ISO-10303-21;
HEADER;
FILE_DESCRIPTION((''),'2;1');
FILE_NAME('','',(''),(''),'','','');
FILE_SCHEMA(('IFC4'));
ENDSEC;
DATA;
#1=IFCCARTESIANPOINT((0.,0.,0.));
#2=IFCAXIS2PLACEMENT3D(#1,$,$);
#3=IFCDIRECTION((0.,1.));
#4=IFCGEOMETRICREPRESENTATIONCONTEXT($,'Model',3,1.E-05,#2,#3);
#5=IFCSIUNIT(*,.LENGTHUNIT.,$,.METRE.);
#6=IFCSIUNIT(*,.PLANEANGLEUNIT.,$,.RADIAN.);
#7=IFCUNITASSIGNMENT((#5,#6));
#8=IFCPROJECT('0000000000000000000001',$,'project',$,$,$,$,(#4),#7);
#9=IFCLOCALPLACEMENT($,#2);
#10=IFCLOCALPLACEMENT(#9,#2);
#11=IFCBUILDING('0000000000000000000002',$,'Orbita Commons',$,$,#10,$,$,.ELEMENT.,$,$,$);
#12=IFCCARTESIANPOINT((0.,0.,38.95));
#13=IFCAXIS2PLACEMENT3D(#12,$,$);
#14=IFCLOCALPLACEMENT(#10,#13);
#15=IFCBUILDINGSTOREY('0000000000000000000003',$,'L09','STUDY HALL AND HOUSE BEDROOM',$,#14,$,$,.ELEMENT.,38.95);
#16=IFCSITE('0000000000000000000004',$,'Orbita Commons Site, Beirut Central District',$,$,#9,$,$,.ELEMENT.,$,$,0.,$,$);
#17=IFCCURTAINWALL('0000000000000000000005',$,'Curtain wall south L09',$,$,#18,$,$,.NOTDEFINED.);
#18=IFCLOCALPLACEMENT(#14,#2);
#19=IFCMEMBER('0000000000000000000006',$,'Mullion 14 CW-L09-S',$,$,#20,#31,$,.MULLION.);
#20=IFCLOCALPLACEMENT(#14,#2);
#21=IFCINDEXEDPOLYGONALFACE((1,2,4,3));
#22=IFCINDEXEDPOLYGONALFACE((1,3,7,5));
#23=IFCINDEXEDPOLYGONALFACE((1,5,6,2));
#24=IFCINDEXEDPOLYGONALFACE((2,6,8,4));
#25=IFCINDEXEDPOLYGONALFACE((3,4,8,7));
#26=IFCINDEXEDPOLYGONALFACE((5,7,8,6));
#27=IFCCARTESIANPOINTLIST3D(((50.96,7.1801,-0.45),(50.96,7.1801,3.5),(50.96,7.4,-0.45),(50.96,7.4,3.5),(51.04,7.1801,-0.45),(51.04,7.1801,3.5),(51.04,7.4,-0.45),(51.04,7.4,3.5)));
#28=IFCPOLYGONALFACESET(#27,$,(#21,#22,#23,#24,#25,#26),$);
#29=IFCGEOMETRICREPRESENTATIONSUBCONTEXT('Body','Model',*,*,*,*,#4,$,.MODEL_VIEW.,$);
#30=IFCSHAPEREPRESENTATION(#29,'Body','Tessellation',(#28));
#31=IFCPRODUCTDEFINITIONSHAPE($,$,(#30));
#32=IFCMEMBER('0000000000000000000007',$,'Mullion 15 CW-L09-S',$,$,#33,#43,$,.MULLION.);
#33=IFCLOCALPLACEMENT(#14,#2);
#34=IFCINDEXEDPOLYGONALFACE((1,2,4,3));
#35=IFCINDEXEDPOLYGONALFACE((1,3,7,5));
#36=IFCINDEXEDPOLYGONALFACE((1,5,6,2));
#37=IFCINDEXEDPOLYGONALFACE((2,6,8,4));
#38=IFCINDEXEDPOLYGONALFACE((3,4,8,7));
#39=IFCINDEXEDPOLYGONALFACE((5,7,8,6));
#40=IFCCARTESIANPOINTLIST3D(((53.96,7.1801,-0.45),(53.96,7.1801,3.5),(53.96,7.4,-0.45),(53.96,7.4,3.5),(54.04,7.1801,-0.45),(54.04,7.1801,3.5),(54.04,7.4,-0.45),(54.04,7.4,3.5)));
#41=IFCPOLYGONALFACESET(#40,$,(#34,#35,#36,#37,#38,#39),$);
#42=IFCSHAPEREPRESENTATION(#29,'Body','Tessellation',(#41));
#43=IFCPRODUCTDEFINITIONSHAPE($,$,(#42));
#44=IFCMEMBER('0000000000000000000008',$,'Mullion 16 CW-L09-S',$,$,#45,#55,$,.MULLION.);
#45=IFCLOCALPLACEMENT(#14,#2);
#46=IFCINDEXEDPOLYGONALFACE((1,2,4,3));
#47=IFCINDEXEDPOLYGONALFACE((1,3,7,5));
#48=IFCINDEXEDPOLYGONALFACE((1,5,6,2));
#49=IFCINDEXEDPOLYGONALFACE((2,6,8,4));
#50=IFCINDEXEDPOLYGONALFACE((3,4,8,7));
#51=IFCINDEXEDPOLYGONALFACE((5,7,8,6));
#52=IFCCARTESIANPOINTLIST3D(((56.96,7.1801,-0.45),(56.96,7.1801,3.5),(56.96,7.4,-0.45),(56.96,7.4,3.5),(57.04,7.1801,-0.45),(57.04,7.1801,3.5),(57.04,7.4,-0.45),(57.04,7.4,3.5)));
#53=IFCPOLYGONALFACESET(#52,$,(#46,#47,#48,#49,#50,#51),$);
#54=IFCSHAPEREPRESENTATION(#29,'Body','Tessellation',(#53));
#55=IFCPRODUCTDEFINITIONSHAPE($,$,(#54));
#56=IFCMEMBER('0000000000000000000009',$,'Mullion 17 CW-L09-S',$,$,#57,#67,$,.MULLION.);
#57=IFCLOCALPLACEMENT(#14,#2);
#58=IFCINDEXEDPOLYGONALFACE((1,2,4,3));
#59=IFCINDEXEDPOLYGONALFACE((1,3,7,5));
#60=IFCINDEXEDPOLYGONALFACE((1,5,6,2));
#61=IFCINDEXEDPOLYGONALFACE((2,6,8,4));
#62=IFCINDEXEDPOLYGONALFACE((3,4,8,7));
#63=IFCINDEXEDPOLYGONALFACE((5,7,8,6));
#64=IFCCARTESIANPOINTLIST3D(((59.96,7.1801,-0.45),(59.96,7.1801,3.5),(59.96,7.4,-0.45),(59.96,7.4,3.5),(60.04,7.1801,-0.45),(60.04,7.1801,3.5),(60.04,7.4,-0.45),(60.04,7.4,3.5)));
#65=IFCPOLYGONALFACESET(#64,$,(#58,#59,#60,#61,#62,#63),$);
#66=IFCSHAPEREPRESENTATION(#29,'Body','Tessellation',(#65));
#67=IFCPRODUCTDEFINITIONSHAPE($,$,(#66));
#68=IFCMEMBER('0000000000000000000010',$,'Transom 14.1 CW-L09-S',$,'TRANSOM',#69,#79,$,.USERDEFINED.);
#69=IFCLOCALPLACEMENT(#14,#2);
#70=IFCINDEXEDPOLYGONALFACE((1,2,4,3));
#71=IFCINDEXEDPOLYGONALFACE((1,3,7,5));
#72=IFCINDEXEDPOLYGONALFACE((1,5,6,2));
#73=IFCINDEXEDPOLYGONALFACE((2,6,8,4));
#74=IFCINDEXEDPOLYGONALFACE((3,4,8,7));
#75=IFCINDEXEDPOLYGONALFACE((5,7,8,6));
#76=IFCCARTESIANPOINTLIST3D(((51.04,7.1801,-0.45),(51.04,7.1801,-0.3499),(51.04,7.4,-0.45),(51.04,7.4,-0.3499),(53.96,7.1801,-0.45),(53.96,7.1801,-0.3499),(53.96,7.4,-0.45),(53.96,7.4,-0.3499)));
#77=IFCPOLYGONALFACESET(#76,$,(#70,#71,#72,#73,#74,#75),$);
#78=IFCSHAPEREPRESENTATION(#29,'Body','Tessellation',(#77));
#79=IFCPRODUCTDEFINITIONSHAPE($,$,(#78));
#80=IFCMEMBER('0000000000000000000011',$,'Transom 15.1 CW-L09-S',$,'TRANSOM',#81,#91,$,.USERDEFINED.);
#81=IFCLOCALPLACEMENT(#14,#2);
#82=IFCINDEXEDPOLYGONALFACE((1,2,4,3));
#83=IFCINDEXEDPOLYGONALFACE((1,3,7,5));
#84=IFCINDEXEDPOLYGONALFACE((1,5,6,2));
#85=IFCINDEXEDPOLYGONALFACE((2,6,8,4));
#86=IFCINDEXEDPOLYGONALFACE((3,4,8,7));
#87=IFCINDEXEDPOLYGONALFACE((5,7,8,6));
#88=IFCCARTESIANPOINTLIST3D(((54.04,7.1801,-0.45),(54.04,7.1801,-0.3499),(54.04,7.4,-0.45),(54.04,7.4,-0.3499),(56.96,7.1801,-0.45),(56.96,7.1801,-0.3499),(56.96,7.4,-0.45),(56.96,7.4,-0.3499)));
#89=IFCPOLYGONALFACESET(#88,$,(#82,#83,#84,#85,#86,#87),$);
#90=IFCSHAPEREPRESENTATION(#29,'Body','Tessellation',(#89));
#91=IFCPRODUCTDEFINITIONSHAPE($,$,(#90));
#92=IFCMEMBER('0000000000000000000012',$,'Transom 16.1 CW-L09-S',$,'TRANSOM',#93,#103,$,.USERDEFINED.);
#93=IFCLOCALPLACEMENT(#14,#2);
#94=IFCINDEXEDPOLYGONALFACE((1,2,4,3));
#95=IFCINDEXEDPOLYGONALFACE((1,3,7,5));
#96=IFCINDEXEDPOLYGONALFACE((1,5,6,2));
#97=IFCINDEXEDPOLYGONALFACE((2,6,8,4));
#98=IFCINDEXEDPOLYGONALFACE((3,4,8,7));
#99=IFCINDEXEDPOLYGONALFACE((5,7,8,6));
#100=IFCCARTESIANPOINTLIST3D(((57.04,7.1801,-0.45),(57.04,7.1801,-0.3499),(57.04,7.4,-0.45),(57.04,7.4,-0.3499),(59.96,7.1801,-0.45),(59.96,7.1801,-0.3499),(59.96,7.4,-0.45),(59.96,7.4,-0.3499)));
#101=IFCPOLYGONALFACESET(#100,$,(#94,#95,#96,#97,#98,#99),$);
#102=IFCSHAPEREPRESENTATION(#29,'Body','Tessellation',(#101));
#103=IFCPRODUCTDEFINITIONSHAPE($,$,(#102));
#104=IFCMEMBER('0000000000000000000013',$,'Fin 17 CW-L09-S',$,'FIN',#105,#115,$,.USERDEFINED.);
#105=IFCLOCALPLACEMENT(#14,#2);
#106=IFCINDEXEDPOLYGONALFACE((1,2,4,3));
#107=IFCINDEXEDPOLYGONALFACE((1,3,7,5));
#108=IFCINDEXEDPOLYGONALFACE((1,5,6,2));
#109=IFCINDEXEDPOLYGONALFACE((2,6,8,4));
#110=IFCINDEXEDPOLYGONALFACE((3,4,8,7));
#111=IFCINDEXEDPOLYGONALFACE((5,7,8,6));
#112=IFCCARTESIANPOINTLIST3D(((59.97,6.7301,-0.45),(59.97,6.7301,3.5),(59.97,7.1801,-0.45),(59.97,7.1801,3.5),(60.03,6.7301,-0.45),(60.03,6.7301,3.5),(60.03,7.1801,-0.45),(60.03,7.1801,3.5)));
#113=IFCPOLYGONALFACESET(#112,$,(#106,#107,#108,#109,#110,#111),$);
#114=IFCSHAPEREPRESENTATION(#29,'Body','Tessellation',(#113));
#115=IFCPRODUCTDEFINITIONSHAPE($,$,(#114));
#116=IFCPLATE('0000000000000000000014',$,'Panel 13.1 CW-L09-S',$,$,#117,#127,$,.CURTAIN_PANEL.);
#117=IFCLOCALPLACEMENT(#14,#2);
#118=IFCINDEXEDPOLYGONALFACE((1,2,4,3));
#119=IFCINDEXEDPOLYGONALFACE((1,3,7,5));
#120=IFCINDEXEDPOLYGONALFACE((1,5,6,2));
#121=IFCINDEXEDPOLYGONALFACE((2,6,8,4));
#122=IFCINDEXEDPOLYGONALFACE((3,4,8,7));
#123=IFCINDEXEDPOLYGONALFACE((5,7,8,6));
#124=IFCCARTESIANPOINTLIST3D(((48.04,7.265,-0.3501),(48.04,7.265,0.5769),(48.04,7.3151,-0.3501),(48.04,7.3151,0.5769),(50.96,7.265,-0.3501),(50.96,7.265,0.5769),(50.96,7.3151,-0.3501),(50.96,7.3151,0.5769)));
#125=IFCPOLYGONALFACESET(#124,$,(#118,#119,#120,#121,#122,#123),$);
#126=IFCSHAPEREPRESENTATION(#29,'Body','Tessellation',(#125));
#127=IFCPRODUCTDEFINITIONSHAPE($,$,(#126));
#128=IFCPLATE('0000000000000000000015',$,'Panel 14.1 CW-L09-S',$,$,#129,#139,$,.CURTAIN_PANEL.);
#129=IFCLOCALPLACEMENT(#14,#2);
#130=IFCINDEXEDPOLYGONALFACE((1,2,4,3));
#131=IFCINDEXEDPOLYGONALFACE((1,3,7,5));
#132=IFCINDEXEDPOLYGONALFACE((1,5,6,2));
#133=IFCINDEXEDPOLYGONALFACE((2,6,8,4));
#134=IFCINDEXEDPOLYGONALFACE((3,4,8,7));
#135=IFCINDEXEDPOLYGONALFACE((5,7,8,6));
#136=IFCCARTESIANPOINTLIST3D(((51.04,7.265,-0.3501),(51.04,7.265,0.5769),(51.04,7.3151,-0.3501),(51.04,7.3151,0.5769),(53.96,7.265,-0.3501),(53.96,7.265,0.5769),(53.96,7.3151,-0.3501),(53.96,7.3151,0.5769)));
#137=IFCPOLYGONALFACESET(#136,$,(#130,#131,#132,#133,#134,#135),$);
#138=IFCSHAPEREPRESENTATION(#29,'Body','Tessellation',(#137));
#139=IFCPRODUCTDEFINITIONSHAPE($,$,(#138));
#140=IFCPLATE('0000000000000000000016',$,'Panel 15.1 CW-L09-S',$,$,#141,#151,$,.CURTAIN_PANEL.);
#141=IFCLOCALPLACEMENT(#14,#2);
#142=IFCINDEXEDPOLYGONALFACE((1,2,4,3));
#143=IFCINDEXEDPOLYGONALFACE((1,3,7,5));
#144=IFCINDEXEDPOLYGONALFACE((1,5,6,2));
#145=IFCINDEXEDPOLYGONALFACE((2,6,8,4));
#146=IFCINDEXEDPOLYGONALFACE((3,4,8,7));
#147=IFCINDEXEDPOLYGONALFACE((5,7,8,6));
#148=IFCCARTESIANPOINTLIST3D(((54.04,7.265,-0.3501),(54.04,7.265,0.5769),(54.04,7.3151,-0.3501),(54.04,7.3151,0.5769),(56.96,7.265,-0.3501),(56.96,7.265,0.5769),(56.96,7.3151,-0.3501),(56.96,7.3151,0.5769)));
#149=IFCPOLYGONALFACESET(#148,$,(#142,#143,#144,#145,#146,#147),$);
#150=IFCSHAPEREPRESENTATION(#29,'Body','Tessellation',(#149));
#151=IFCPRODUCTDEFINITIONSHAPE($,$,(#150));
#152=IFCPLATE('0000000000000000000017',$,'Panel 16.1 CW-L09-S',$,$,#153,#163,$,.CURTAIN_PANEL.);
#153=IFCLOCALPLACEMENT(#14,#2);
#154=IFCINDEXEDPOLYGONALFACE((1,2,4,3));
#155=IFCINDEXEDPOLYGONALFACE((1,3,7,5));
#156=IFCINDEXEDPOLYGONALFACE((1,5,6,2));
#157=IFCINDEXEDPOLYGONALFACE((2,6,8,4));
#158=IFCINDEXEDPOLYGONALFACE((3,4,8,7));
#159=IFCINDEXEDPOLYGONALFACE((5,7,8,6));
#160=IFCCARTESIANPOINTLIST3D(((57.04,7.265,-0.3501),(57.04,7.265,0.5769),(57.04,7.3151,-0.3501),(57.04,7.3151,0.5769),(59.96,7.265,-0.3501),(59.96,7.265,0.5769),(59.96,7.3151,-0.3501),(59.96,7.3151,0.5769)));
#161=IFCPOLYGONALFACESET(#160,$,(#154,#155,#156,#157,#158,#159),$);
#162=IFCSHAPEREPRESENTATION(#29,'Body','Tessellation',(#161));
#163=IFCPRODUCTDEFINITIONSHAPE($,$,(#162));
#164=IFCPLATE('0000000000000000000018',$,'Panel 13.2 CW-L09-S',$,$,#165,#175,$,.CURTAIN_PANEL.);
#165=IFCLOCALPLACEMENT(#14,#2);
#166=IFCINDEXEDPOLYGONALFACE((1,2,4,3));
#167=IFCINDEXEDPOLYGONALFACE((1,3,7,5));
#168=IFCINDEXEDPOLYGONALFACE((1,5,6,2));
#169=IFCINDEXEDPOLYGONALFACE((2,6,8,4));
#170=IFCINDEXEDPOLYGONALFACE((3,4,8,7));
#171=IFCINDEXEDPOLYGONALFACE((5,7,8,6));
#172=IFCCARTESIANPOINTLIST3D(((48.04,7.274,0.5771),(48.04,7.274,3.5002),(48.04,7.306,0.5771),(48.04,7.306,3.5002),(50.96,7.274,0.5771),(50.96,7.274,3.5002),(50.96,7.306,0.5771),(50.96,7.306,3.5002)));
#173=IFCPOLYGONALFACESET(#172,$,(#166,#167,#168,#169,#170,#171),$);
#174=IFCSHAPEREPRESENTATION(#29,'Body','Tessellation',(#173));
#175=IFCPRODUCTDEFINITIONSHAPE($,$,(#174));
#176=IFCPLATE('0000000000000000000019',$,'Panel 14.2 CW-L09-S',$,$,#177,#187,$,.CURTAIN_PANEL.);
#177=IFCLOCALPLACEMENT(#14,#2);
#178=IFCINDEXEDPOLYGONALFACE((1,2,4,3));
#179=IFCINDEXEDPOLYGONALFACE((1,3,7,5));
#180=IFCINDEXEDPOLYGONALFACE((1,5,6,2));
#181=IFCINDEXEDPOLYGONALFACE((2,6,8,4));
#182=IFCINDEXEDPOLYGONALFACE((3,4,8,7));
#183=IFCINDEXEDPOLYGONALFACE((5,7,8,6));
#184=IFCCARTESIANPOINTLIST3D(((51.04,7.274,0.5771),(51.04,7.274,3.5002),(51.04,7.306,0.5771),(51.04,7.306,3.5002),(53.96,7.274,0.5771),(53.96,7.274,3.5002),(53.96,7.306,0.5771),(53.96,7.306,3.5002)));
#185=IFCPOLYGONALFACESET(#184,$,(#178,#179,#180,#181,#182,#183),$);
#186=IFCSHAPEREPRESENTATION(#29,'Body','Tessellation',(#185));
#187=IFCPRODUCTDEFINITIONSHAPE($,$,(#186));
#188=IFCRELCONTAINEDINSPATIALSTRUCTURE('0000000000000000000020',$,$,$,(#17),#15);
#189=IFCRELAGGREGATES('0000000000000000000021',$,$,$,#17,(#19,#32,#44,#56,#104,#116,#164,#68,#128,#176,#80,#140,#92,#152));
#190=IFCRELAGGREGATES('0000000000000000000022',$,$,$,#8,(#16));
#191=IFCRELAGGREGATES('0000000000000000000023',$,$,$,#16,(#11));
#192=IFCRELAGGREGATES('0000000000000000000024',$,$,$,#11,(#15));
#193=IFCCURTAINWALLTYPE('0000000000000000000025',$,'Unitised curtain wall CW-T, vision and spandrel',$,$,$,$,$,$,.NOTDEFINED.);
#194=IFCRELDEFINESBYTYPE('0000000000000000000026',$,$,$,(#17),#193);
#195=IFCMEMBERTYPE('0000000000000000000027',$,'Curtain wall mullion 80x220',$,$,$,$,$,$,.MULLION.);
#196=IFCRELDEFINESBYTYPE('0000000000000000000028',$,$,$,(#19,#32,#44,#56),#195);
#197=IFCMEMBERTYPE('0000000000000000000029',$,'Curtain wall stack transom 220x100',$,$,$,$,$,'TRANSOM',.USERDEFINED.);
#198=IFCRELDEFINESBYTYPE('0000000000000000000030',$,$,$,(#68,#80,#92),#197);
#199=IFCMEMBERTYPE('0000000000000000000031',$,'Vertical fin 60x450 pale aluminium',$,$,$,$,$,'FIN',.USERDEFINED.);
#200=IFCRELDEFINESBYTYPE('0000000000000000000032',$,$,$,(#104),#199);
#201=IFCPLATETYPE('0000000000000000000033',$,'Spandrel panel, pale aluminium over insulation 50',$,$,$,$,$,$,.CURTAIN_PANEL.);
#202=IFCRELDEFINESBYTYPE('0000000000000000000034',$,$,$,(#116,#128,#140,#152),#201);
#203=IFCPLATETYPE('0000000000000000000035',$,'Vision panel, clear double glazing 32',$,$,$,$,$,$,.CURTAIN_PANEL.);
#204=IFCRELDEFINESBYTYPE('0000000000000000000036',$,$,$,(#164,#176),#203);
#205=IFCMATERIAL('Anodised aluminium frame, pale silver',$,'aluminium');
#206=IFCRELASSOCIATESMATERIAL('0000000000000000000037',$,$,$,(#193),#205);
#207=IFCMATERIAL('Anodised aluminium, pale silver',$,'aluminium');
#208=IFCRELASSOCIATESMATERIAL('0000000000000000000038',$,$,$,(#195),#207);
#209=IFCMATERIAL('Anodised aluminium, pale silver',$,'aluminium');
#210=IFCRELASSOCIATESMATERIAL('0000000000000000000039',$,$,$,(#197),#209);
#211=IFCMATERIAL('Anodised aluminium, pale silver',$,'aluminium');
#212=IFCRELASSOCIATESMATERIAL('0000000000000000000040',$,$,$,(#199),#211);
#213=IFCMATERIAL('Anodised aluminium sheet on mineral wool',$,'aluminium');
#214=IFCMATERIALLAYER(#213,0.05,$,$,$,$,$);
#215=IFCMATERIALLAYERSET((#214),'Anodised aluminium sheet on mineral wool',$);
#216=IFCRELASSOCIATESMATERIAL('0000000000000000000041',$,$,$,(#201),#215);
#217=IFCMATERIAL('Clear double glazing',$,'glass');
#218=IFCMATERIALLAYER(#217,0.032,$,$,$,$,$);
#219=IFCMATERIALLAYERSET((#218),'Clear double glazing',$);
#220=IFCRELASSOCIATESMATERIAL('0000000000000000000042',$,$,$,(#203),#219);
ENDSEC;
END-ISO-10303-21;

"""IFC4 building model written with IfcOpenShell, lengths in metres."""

from ifc_helpers import new_model, si_unit, direction, frame, origin, origin_2d, place, context, subcontext, project, spatial, rectangle, extrude, material, layer, layer_set, material_profile, profile_set, type_object, element, aggregate, save


model = new_model("IFC4")

# Units and contexts
model_context = context("Model", 3, precision=1e-05, world=origin(), true_north=direction((0.0, 1.0)))
body_context = subcontext(model_context, "Body", "Model", "MODEL_VIEW")
ifc_project = project(units=[si_unit("LENGTHUNIT", "METRE"), si_unit("PLANEANGLEUNIT", "RADIAN")], contexts=[model_context])

# Site, building, storey
site_placement = place(None, origin())
site = spatial("IfcSite", under=ifc_project, at=site_placement, Name="Orbita Commons Site, Beirut Central District", CompositionType="ELEMENT", RefElevation=0.0)
building_placement = place(site_placement, origin())
building = spatial("IfcBuilding", under=site, at=building_placement, Name="Orbita Commons", CompositionType="ELEMENT")
storey_placement = place(building_placement, frame((0.0, 0.0, 38.95)))
storey = spatial("IfcBuildingStorey", under=building, at=storey_placement, Name="L09", Description="STUDY HALL AND HOUSE BEDROOM", CompositionType="ELEMENT", Elevation=38.95)

# Curtain wall, members, plates
ifc_material_1 = material(Name="Anodised aluminium frame, pale silver", Category="aluminium")
curtain_wall_type = type_object("IfcCurtainWallType", Name="Unitised curtain wall CW-T, vision and spandrel", PredefinedType="NOTDEFINED", material=ifc_material_1)
curtain_wall_placement = place(storey_placement, origin())
curtain_wall = element("IfcCurtainWall", 1, at=curtain_wall_placement, inside=storey, type_object=curtain_wall_type, Name="Curtain wall south L09", PredefinedType="NOTDEFINED")
ifc_material_2 = material(Name="Anodised aluminium, pale silver", Category="aluminium")
ifc_material_profile_1 = material_profile(ifc_material_2, rectangle(XDim=0.0801, YDim=0.22, at=origin_2d()), Name="AL 80x220")
ifc_profile_set_1 = profile_set([ifc_material_profile_1], Name="Anodised aluminium, pale silver")
member_type_1 = type_object("IfcMemberType", Name="Curtain wall mullion 80x220", PredefinedType="MULLION", material=ifc_profile_set_1)
member_1_placement = place(storey_placement, frame((51.0, 7.29, -0.45), z_axis=(0.0, 0.0, 1.0), x_axis=(1.0, 0.0, 0.0)))
member_1 = element("IfcMember", 2, at=member_1_placement, type_object=member_type_1, Name="Mullion 14 CW-L09-S", PredefinedType="MULLION", context=body_context, shape_type="SweptSolid", body=[
    extrude(rectangle(XDim=0.0801, YDim=0.22, at=origin_2d()), origin(), (0.0, 0.0, 1.0), 3.95),
])
member_2_placement = place(storey_placement, frame((54.0, 7.29, -0.45), z_axis=(0.0, 0.0, 1.0), x_axis=(1.0, 0.0, 0.0)))
member_2 = element("IfcMember", 3, at=member_2_placement, type_object=member_type_1, Name="Mullion 15 CW-L09-S", PredefinedType="MULLION", context=body_context, shape_type="SweptSolid", body=[
    extrude(rectangle(XDim=0.0801, YDim=0.22, at=origin_2d()), origin(), (0.0, 0.0, 1.0), 3.95),
])
member_3_placement = place(storey_placement, frame((57.0, 7.29, -0.45), z_axis=(0.0, 0.0, 1.0), x_axis=(1.0, 0.0, 0.0)))
member_3 = element("IfcMember", 4, at=member_3_placement, type_object=member_type_1, Name="Mullion 16 CW-L09-S", PredefinedType="MULLION", context=body_context, shape_type="SweptSolid", body=[
    extrude(rectangle(XDim=0.0801, YDim=0.22, at=origin_2d()), origin(), (0.0, 0.0, 1.0), 3.95),
])
member_4_placement = place(storey_placement, frame((60.0, 7.29, -0.45), z_axis=(0.0, 0.0, 1.0), x_axis=(1.0, 0.0, 0.0)))
member_4 = element("IfcMember", 5, at=member_4_placement, type_object=member_type_1, Name="Mullion 17 CW-L09-S", PredefinedType="MULLION", context=body_context, shape_type="SweptSolid", body=[
    extrude(rectangle(XDim=0.0801, YDim=0.22, at=origin_2d()), origin(), (0.0, 0.0, 1.0), 3.95),
])
ifc_material_3 = material(Name="Anodised aluminium, pale silver", Category="aluminium")
ifc_material_profile_2 = material_profile(ifc_material_3, rectangle(XDim=0.22, YDim=0.1001, at=origin_2d()), Name="AL 220x100")
ifc_profile_set_2 = profile_set([ifc_material_profile_2], Name="Anodised aluminium, pale silver")
member_type_2 = type_object("IfcMemberType", Name="Curtain wall stack transom 220x100", ElementType="TRANSOM", PredefinedType="USERDEFINED", material=ifc_profile_set_2)
member_5_placement = place(storey_placement, frame((51.04, 7.29, -0.3999), z_axis=(1.0, 0.0, 0.0), x_axis=(0.0, 1.0, 0.0)))
member_5 = element("IfcMember", 6, at=member_5_placement, type_object=member_type_2, Name="Transom 14.1 CW-L09-S", ObjectType="TRANSOM", PredefinedType="USERDEFINED", context=body_context, shape_type="SweptSolid", body=[
    extrude(rectangle(XDim=0.22, YDim=0.1001, at=origin_2d()), origin(), (0.0, 0.0, 1.0), 2.9199),
])
member_6_placement = place(storey_placement, frame((54.04, 7.29, -0.3999), z_axis=(1.0, 0.0, 0.0), x_axis=(0.0, 1.0, 0.0)))
member_6 = element("IfcMember", 7, at=member_6_placement, type_object=member_type_2, Name="Transom 15.1 CW-L09-S", ObjectType="TRANSOM", PredefinedType="USERDEFINED", context=body_context, shape_type="SweptSolid", body=[
    extrude(rectangle(XDim=0.22, YDim=0.1001, at=origin_2d()), origin(), (0.0, 0.0, 1.0), 2.9199),
])
member_7_placement = place(storey_placement, frame((57.04, 7.29, -0.3999), z_axis=(1.0, 0.0, 0.0), x_axis=(0.0, 1.0, 0.0)))
member_7 = element("IfcMember", 8, at=member_7_placement, type_object=member_type_2, Name="Transom 16.1 CW-L09-S", ObjectType="TRANSOM", PredefinedType="USERDEFINED", context=body_context, shape_type="SweptSolid", body=[
    extrude(rectangle(XDim=0.22, YDim=0.1001, at=origin_2d()), origin(), (0.0, 0.0, 1.0), 2.9199),
])
ifc_material_4 = material(Name="Anodised aluminium, pale silver", Category="aluminium")
ifc_material_profile_3 = material_profile(ifc_material_4, rectangle(XDim=0.0601, YDim=0.45, at=origin_2d()), Name="FIN 60x450")
ifc_profile_set_3 = profile_set([ifc_material_profile_3], Name="Anodised aluminium, pale silver")
member_type_3 = type_object("IfcMemberType", Name="Vertical fin 60x450 pale aluminium", ElementType="FIN", PredefinedType="USERDEFINED", material=ifc_profile_set_3)
member_8_placement = place(storey_placement, frame((60.0, 6.9551, -0.45), z_axis=(0.0, 0.0, 1.0), x_axis=(1.0, 0.0, 0.0)))
member_8 = element("IfcMember", 9, at=member_8_placement, type_object=member_type_3, Name="Fin 17 CW-L09-S", ObjectType="FIN", PredefinedType="USERDEFINED", context=body_context, shape_type="SweptSolid", body=[
    extrude(rectangle(XDim=0.0601, YDim=0.45, at=origin_2d()), origin(), (0.0, 0.0, 1.0), 3.95),
])
ifc_material_5 = material(Name="Anodised aluminium sheet on mineral wool", Category="aluminium")
ifc_layer_1 = layer(ifc_material_5, 0.05)
ifc_layer_set_1 = layer_set([ifc_layer_1], Name="Anodised aluminium sheet on mineral wool")
plate_type_1 = type_object("IfcPlateType", Name="Spandrel panel, pale aluminium over insulation 50", PredefinedType="CURTAIN_PANEL", material=ifc_layer_set_1)
plate_1_placement = place(storey_placement, frame((49.5, 7.29, -0.3501), z_axis=(0.0, 0.0, 1.0), x_axis=(1.0, 0.0, 0.0)))
plate_1 = element("IfcPlate", 10, at=plate_1_placement, type_object=plate_type_1, Name="Panel 13.1 CW-L09-S", PredefinedType="CURTAIN_PANEL", context=body_context, shape_type="SweptSolid", body=[
    extrude(rectangle(XDim=2.9199, YDim=0.05, at=origin_2d()), origin(), (0.0, 0.0, 1.0), 0.927),
])
plate_2_placement = place(storey_placement, frame((52.5, 7.29, -0.3501), z_axis=(0.0, 0.0, 1.0), x_axis=(1.0, 0.0, 0.0)))
plate_2 = element("IfcPlate", 11, at=plate_2_placement, type_object=plate_type_1, Name="Panel 14.1 CW-L09-S", PredefinedType="CURTAIN_PANEL", context=body_context, shape_type="SweptSolid", body=[
    extrude(rectangle(XDim=2.9199, YDim=0.05, at=origin_2d()), origin(), (0.0, 0.0, 1.0), 0.927),
])
plate_3_placement = place(storey_placement, frame((55.5, 7.29, -0.3501), z_axis=(0.0, 0.0, 1.0), x_axis=(1.0, 0.0, 0.0)))
plate_3 = element("IfcPlate", 12, at=plate_3_placement, type_object=plate_type_1, Name="Panel 15.1 CW-L09-S", PredefinedType="CURTAIN_PANEL", context=body_context, shape_type="SweptSolid", body=[
    extrude(rectangle(XDim=2.9199, YDim=0.05, at=origin_2d()), origin(), (0.0, 0.0, 1.0), 0.927),
])
plate_4_placement = place(storey_placement, frame((58.5, 7.29, -0.3501), z_axis=(0.0, 0.0, 1.0), x_axis=(1.0, 0.0, 0.0)))
plate_4 = element("IfcPlate", 13, at=plate_4_placement, type_object=plate_type_1, Name="Panel 16.1 CW-L09-S", PredefinedType="CURTAIN_PANEL", context=body_context, shape_type="SweptSolid", body=[
    extrude(rectangle(XDim=2.9199, YDim=0.05, at=origin_2d()), origin(), (0.0, 0.0, 1.0), 0.927),
])
ifc_material_6 = material(Name="Clear double glazing", Category="glass")
ifc_layer_2 = layer(ifc_material_6, 0.032)
ifc_layer_set_2 = layer_set([ifc_layer_2], Name="Clear double glazing")
plate_type_2 = type_object("IfcPlateType", Name="Vision panel, clear double glazing 32", PredefinedType="CURTAIN_PANEL", material=ifc_layer_set_2)
plate_5_placement = place(storey_placement, frame((49.5, 7.29, 0.5771), z_axis=(0.0, 0.0, 1.0), x_axis=(1.0, 0.0, 0.0)))
plate_5 = element("IfcPlate", 14, at=plate_5_placement, type_object=plate_type_2, Name="Panel 13.2 CW-L09-S", PredefinedType="CURTAIN_PANEL", context=body_context, shape_type="SweptSolid", body=[
    extrude(rectangle(XDim=2.9199, YDim=0.032, at=origin_2d()), origin(), (0.0, 0.0, 1.0), 2.9231),
])
plate_6_placement = place(storey_placement, frame((52.5, 7.29, 0.5771), z_axis=(0.0, 0.0, 1.0), x_axis=(1.0, 0.0, 0.0)))
plate_6 = element("IfcPlate", 15, at=plate_6_placement, type_object=plate_type_2, Name="Panel 14.2 CW-L09-S", PredefinedType="CURTAIN_PANEL", context=body_context, shape_type="SweptSolid", body=[
    extrude(rectangle(XDim=2.9199, YDim=0.032, at=origin_2d()), origin(), (0.0, 0.0, 1.0), 2.9231),
])
aggregate(curtain_wall, [member_1, member_2, member_3, member_4, member_8, plate_1, plate_5, member_5, plate_2, plate_6, member_6, plate_3, member_7, plate_4])

save(model, "model.ifc")
